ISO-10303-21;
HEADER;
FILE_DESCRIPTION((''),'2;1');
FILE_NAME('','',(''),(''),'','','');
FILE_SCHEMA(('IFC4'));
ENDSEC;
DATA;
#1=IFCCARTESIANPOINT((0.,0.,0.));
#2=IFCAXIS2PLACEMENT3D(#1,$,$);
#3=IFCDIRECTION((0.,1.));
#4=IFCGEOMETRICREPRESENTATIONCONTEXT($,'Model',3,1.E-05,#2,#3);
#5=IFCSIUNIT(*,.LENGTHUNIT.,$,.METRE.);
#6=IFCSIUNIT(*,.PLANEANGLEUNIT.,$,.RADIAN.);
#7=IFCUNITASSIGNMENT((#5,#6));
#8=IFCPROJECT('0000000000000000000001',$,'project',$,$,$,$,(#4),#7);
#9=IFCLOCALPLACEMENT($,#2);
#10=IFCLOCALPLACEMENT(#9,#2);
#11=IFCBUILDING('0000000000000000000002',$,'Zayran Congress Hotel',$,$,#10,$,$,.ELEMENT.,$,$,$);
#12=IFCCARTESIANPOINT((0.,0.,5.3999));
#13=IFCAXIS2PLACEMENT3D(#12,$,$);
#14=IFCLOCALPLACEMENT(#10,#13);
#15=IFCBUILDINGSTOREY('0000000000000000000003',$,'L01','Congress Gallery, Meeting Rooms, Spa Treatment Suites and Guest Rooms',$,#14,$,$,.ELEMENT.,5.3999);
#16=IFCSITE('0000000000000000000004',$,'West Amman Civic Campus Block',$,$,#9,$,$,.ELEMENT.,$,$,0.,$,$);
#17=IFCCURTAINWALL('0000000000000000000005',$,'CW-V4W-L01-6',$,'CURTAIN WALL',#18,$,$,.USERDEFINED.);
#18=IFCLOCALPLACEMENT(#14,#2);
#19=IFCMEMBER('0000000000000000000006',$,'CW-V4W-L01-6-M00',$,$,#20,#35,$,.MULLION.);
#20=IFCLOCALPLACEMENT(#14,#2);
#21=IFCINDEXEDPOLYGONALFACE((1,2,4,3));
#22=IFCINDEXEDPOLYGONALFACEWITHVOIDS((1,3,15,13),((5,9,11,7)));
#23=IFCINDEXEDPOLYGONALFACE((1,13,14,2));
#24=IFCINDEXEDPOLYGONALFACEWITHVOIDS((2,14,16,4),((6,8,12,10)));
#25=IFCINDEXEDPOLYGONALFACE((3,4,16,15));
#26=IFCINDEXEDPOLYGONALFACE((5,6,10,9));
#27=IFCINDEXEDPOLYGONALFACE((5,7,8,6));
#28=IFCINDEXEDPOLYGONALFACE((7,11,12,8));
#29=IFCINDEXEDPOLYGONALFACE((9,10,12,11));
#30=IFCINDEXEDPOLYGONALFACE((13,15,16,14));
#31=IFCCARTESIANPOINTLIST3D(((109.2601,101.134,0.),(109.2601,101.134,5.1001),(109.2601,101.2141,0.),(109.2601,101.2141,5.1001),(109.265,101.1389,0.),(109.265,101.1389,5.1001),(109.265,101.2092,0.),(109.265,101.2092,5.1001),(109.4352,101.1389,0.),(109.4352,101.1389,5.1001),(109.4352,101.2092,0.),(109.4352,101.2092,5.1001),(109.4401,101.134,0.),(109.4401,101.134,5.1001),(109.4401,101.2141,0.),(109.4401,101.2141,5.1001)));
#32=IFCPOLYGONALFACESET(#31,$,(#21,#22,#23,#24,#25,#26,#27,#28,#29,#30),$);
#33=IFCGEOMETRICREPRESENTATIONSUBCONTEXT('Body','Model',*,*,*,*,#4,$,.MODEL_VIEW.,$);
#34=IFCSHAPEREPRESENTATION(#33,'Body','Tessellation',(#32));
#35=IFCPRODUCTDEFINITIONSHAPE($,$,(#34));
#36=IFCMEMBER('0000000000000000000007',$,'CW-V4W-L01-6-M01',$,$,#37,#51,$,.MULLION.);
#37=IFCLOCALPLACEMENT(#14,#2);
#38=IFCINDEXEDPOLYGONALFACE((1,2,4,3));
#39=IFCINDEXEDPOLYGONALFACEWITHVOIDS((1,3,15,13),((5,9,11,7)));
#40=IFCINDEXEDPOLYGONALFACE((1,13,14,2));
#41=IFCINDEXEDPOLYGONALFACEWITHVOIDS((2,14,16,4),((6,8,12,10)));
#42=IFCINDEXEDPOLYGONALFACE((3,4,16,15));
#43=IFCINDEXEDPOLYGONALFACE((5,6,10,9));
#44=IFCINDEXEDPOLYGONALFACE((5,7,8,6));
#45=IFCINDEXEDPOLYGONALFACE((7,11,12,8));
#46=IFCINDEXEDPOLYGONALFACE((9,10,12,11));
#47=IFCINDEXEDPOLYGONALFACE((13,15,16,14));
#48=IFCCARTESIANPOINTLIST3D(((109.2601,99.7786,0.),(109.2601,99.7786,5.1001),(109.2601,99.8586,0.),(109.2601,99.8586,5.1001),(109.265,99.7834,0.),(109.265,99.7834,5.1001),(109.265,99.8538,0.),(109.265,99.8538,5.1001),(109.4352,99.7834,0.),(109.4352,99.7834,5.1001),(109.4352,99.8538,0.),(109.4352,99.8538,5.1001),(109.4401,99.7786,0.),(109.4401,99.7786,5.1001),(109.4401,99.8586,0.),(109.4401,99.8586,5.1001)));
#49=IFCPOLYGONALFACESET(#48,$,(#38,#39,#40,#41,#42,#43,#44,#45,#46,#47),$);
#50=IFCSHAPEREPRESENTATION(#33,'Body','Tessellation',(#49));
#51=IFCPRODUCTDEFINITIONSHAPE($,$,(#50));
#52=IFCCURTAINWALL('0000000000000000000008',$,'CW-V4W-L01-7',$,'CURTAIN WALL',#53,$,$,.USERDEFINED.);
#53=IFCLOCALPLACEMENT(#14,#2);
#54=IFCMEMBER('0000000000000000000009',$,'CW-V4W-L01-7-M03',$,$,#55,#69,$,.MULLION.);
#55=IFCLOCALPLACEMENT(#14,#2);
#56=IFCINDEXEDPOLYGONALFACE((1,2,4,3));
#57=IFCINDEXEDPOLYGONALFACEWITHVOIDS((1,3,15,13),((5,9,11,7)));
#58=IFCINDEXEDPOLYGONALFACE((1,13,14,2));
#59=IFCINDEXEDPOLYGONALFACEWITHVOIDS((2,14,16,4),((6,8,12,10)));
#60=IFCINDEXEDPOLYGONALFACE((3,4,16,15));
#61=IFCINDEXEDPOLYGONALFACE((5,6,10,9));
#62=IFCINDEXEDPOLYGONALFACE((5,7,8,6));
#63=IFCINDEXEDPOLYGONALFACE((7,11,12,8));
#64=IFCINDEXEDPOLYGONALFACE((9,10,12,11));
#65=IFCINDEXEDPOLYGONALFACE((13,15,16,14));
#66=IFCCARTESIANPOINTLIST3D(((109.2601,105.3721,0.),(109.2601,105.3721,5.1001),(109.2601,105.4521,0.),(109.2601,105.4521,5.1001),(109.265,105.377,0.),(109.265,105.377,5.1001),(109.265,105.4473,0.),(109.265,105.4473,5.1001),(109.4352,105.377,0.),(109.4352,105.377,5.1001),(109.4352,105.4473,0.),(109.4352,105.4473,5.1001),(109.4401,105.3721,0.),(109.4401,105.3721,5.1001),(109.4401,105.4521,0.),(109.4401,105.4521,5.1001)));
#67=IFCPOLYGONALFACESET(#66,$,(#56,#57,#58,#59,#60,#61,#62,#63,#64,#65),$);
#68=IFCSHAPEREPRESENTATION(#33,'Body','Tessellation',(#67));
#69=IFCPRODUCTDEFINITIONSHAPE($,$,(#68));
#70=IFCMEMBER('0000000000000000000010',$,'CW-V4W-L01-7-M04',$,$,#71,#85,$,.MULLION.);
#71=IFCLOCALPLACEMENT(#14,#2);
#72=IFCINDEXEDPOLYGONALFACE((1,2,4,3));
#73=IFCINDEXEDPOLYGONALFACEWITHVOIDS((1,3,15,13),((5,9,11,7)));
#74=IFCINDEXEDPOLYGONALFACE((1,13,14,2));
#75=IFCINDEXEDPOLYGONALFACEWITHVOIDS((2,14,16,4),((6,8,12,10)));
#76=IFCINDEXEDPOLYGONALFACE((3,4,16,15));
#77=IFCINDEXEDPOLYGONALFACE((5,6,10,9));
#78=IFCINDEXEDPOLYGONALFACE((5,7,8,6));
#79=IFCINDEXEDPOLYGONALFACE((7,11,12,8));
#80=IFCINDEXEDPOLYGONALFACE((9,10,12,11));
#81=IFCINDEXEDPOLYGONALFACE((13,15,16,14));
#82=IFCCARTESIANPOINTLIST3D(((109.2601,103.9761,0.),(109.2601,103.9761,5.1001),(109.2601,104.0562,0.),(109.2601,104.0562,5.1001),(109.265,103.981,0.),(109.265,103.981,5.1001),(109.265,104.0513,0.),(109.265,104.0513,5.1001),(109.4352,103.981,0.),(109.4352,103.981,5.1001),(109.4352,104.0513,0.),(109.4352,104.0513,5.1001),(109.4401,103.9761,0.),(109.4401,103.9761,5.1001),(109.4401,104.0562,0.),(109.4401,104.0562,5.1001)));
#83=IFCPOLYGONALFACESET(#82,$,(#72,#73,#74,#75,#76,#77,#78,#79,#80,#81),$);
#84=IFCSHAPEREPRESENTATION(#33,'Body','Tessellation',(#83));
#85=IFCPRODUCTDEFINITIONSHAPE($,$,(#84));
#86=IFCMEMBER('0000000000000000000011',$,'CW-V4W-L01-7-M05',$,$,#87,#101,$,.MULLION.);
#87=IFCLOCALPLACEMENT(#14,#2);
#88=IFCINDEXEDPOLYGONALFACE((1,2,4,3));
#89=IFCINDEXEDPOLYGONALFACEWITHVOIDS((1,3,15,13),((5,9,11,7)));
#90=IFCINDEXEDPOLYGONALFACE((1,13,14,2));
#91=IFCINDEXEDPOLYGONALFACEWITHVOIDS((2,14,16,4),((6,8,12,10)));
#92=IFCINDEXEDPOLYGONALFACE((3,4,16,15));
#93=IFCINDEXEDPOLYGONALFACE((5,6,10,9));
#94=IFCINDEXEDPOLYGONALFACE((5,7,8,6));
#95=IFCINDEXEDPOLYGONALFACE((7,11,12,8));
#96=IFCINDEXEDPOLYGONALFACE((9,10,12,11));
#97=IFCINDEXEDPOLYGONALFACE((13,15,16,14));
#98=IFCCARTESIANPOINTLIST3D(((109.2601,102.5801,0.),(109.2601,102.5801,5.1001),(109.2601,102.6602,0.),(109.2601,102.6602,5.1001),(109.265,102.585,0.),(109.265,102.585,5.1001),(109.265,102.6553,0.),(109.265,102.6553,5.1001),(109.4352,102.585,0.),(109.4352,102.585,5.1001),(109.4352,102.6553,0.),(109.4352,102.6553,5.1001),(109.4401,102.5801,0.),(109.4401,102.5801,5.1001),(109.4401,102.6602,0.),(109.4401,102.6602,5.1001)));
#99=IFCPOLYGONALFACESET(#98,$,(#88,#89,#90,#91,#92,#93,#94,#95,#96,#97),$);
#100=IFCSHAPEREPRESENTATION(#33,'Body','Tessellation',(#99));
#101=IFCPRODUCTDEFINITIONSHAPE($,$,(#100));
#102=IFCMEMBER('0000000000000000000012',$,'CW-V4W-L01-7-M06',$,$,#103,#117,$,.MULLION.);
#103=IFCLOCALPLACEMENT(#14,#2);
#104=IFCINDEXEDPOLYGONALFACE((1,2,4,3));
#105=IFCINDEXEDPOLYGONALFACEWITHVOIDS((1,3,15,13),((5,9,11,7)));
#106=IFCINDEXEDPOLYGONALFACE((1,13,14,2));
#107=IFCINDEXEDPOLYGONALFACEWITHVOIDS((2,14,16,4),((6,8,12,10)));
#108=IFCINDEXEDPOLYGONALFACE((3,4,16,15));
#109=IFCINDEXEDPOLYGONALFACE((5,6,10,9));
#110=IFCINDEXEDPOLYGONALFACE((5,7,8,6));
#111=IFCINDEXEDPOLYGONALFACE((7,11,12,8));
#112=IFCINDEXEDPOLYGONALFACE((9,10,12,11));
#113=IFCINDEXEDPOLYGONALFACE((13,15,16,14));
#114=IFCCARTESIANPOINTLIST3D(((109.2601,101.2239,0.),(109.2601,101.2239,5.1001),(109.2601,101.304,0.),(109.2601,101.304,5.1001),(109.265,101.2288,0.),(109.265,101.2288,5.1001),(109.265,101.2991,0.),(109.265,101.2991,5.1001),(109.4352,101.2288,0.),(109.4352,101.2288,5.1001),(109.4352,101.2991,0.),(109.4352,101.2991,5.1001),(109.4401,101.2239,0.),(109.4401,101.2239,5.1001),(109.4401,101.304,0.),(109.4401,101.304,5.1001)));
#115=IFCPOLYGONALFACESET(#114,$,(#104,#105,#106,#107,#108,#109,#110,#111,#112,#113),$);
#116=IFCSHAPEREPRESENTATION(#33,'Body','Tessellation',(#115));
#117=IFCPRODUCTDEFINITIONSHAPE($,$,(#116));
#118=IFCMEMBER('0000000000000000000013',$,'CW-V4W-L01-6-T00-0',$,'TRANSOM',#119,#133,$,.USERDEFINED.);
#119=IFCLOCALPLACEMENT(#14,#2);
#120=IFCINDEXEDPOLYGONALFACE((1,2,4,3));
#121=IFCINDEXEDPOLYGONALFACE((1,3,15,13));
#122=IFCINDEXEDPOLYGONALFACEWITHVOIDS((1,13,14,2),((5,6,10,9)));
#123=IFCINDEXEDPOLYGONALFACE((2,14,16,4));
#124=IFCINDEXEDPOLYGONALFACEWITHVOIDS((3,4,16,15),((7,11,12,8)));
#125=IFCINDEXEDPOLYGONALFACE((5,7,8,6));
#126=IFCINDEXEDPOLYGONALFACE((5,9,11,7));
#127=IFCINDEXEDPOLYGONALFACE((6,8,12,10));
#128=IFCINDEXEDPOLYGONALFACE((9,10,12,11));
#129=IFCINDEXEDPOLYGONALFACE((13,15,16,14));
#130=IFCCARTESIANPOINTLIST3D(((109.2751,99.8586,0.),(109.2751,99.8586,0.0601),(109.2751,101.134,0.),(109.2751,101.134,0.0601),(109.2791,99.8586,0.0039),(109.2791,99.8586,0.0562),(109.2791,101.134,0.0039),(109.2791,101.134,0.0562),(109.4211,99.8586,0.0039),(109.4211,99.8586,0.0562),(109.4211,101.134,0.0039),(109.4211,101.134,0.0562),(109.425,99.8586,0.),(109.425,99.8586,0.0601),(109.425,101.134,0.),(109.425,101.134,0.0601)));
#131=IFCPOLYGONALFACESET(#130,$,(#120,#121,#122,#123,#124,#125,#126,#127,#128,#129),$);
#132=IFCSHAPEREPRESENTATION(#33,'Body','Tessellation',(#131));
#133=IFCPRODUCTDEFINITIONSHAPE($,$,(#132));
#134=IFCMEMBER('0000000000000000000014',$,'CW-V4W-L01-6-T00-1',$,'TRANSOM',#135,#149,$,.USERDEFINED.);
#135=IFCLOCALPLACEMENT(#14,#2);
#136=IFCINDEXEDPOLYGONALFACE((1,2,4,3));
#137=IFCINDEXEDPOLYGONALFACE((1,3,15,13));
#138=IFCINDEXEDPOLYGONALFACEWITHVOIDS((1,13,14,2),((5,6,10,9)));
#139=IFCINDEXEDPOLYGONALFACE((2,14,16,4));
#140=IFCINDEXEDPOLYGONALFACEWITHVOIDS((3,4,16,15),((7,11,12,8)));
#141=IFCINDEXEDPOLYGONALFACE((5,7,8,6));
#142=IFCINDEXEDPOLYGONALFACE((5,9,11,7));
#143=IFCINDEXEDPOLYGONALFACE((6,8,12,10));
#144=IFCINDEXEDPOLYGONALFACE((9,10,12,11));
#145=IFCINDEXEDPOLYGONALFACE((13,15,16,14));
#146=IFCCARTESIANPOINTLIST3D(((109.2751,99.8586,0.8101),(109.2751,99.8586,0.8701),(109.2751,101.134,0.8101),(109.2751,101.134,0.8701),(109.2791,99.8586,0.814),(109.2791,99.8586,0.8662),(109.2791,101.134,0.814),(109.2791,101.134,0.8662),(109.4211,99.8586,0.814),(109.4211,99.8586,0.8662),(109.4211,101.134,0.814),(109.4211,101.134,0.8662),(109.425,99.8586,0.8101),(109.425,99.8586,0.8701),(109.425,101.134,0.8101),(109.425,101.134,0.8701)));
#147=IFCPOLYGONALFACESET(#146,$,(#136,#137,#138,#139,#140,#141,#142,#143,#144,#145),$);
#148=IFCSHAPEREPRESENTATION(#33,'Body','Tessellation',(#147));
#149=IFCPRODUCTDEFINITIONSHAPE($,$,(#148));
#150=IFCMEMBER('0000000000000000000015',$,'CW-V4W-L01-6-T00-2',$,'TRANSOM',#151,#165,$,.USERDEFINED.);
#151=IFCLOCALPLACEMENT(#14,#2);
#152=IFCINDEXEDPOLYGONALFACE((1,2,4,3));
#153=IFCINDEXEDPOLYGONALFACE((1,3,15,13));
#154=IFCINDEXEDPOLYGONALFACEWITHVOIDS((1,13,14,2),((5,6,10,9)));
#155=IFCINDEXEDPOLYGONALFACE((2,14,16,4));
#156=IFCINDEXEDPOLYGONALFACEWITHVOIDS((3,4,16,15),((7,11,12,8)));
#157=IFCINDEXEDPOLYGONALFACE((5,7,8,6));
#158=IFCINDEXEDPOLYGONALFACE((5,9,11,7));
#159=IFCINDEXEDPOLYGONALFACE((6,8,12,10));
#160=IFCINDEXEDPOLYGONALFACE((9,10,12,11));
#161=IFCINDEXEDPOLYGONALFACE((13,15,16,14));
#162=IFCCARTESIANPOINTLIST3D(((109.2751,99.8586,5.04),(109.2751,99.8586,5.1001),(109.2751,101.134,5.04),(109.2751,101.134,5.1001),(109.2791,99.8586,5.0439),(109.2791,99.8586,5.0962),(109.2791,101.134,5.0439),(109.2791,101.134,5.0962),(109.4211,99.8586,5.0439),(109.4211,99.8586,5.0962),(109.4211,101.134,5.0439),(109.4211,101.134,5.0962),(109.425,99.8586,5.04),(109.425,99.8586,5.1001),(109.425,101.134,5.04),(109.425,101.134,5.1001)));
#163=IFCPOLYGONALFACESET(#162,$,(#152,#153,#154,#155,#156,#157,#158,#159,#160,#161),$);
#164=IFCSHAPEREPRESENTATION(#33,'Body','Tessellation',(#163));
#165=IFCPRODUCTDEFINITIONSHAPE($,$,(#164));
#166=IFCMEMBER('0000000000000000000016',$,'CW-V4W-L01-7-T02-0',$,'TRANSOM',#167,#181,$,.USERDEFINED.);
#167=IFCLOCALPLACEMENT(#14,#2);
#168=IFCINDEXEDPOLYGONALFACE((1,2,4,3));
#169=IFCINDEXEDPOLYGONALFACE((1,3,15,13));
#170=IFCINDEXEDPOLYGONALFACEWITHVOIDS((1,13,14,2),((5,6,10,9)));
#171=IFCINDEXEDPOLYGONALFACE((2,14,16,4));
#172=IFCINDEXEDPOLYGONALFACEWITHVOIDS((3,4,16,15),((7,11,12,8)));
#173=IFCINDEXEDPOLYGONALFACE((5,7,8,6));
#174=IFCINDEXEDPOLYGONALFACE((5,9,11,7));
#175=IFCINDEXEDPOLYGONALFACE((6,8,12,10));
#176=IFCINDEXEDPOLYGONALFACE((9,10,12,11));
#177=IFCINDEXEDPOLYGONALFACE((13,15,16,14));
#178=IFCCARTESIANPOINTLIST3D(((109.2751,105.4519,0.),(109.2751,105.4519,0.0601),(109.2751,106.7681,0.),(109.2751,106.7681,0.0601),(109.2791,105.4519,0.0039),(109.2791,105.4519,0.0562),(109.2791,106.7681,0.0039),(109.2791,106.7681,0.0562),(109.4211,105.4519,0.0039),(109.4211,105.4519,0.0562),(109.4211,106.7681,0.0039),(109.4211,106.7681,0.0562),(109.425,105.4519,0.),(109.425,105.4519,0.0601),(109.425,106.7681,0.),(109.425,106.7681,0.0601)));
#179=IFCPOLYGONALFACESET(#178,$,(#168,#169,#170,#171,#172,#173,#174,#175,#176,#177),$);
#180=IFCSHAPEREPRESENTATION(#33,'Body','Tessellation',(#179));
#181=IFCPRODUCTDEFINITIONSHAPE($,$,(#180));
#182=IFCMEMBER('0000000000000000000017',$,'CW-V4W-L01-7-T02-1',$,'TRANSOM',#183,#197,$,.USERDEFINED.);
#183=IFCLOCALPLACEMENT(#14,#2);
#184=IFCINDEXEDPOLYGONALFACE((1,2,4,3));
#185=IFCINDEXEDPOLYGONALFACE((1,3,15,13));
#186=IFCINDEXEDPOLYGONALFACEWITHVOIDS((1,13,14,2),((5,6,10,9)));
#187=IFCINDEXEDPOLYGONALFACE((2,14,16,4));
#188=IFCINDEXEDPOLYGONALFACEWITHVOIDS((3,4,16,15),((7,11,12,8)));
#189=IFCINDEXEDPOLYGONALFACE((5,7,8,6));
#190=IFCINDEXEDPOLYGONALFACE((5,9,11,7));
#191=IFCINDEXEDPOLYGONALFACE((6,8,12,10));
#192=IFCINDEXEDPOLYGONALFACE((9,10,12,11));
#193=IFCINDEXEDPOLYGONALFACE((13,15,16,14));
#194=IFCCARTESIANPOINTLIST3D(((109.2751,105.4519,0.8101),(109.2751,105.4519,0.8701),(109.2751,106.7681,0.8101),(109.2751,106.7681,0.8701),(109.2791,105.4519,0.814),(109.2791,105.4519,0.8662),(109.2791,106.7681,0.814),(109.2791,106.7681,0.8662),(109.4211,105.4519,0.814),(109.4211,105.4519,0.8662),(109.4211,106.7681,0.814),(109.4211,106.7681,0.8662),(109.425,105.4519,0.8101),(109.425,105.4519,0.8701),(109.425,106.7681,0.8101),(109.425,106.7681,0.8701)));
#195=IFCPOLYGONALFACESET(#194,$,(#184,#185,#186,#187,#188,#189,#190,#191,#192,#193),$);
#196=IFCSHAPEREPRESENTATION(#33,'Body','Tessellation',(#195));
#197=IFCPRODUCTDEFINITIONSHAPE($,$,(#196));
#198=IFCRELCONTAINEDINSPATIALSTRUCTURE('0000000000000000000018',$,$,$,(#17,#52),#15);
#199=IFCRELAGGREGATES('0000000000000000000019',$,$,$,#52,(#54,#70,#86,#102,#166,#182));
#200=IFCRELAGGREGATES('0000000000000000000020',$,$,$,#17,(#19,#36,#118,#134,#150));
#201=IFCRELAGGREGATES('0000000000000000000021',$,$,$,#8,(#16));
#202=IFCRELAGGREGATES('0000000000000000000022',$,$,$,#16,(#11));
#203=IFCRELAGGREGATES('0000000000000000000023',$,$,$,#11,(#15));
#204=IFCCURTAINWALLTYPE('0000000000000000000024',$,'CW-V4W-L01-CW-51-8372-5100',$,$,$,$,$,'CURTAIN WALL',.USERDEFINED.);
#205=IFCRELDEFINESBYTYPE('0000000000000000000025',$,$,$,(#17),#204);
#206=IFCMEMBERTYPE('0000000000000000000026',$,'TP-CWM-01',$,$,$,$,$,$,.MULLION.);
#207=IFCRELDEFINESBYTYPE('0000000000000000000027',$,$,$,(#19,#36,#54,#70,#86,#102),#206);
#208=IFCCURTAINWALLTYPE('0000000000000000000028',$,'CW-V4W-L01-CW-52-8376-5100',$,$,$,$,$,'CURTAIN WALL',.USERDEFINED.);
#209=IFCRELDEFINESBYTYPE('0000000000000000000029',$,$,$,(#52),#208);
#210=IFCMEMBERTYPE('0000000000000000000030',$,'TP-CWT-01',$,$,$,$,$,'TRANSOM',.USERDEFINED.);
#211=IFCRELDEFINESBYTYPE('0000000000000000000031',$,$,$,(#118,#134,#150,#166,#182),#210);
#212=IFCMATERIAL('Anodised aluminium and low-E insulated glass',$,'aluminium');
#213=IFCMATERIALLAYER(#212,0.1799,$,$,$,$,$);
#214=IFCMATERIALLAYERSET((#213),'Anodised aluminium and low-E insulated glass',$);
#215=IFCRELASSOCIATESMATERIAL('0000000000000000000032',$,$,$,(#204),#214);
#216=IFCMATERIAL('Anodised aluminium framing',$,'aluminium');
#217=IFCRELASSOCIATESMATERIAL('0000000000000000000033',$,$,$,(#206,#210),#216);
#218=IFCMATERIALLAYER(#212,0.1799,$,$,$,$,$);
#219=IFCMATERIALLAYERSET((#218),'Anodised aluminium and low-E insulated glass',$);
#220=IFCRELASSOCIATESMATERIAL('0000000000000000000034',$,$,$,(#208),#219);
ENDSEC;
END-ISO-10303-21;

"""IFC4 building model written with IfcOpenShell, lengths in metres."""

from ifc_helpers import new_model, si_unit, direction, frame, origin, origin_2d, place, context, subcontext, project, spatial, hollow_rectangle, extrude, material, layer, layer_set, material_profile, profile_set, type_object, element, aggregate, save


model = new_model("IFC4")

# Units and contexts
model_context = context("Model", 3, precision=1e-05, world=origin(), true_north=direction((0.0, 1.0)))
body_context = subcontext(model_context, "Body", "Model", "MODEL_VIEW")
ifc_project = project(units=[si_unit("LENGTHUNIT", "METRE"), si_unit("PLANEANGLEUNIT", "RADIAN")], contexts=[model_context])

# Site, building, storey
site_placement = place(None, origin())
site = spatial("IfcSite", under=ifc_project, at=site_placement, Name="West Amman Civic Campus Block", CompositionType="ELEMENT", RefElevation=0.0)
building_placement = place(site_placement, origin())
building = spatial("IfcBuilding", under=site, at=building_placement, Name="Zayran Congress Hotel", CompositionType="ELEMENT")
storey_placement = place(building_placement, frame((0.0, 0.0, 5.3999)))
storey = spatial("IfcBuildingStorey", under=building, at=storey_placement, Name="L01", Description="Congress Gallery, Meeting Rooms, Spa Treatment Suites and Guest Rooms", CompositionType="ELEMENT", Elevation=5.3999)

# Curtain walls, members
ifc_material_1 = material(Name="Anodised aluminium and low-E insulated glass", Category="aluminium")
ifc_layer_1 = layer(ifc_material_1, 0.1799)
ifc_layer_set_1 = layer_set([ifc_layer_1], Name="Anodised aluminium and low-E insulated glass")
curtain_wall_type_1 = type_object("IfcCurtainWallType", Name="CW-V4W-L01-CW-51-8372-5100", ElementType="CURTAIN WALL", PredefinedType="USERDEFINED", material=ifc_layer_set_1)
curtain_wall_1_placement = place(storey_placement, origin())
curtain_wall_1 = element("IfcCurtainWall", 1, at=curtain_wall_1_placement, inside=storey, type_object=curtain_wall_type_1, Name="CW-V4W-L01-6", ObjectType="CURTAIN WALL", PredefinedType="USERDEFINED")
ifc_material_2 = material(Name="Anodised aluminium framing", Category="aluminium")
ifc_material_profile_1 = material_profile(ifc_material_2, hollow_rectangle(XDim=0.0801, YDim=0.1799, WallThickness=0.0049, at=origin_2d()), Name="RHS 180x80x5")
ifc_profile_set_1 = profile_set([ifc_material_profile_1], Name="Anodised aluminium framing")
member_type_1 = type_object("IfcMemberType", Name="TP-CWM-01", PredefinedType="MULLION", material=ifc_profile_set_1)
member_1_placement = place(storey_placement, frame((109.3501, 101.1741, 0.0), z_axis=(0.0, 0.0, 1.0), x_axis=(0.0, 1.0, 0.0)))
member_1 = element("IfcMember", 2, at=member_1_placement, type_object=member_type_1, Name="CW-V4W-L01-6-M00", PredefinedType="MULLION", context=body_context, shape_type="SweptSolid", body=[
    extrude(hollow_rectangle(XDim=0.0801, YDim=0.1799, WallThickness=0.0049, at=origin_2d()), origin(), (0.0, 0.0, 1.0), 5.1001),
])
member_2_placement = place(storey_placement, frame((109.3501, 99.8186, 0.0), z_axis=(0.0, 0.0, 1.0), x_axis=(0.0, 1.0, 0.0)))
member_2 = element("IfcMember", 3, at=member_2_placement, type_object=member_type_1, Name="CW-V4W-L01-6-M01", PredefinedType="MULLION", context=body_context, shape_type="SweptSolid", body=[
    extrude(hollow_rectangle(XDim=0.0801, YDim=0.1799, WallThickness=0.0049, at=origin_2d()), origin(), (0.0, 0.0, 1.0), 5.1001),
])
ifc_layer_2 = layer(ifc_material_1, 0.1799)
ifc_layer_set_2 = layer_set([ifc_layer_2], Name="Anodised aluminium and low-E insulated glass")
curtain_wall_type_2 = type_object("IfcCurtainWallType", Name="CW-V4W-L01-CW-52-8376-5100", ElementType="CURTAIN WALL", PredefinedType="USERDEFINED", material=ifc_layer_set_2)
curtain_wall_2_placement = place(storey_placement, origin())
curtain_wall_2 = element("IfcCurtainWall", 4, at=curtain_wall_2_placement, inside=storey, type_object=curtain_wall_type_2, Name="CW-V4W-L01-7", ObjectType="CURTAIN WALL", PredefinedType="USERDEFINED")
member_3_placement = place(storey_placement, frame((109.3501, 105.4121, 0.0), z_axis=(0.0, 0.0, 1.0), x_axis=(0.0, 1.0, 0.0)))
member_3 = element("IfcMember", 5, at=member_3_placement, type_object=member_type_1, Name="CW-V4W-L01-7-M03", PredefinedType="MULLION", context=body_context, shape_type="SweptSolid", body=[
    extrude(hollow_rectangle(XDim=0.0801, YDim=0.1799, WallThickness=0.0049, at=origin_2d()), origin(), (0.0, 0.0, 1.0), 5.1001),
])
member_4_placement = place(storey_placement, frame((109.3501, 104.0161, 0.0), z_axis=(0.0, 0.0, 1.0), x_axis=(0.0, 1.0, 0.0)))
member_4 = element("IfcMember", 6, at=member_4_placement, type_object=member_type_1, Name="CW-V4W-L01-7-M04", PredefinedType="MULLION", context=body_context, shape_type="SweptSolid", body=[
    extrude(hollow_rectangle(XDim=0.0801, YDim=0.1799, WallThickness=0.0049, at=origin_2d()), origin(), (0.0, 0.0, 1.0), 5.1001),
])
member_5_placement = place(storey_placement, frame((109.3501, 102.6201, 0.0), z_axis=(0.0, 0.0, 1.0), x_axis=(0.0, 1.0, 0.0)))
member_5 = element("IfcMember", 7, at=member_5_placement, type_object=member_type_1, Name="CW-V4W-L01-7-M05", PredefinedType="MULLION", context=body_context, shape_type="SweptSolid", body=[
    extrude(hollow_rectangle(XDim=0.0801, YDim=0.1799, WallThickness=0.0049, at=origin_2d()), origin(), (0.0, 0.0, 1.0), 5.1001),
])
member_6_placement = place(storey_placement, frame((109.3501, 101.2639, 0.0), z_axis=(0.0, 0.0, 1.0), x_axis=(0.0, 1.0, 0.0)))
member_6 = element("IfcMember", 8, at=member_6_placement, type_object=member_type_1, Name="CW-V4W-L01-7-M06", PredefinedType="MULLION", context=body_context, shape_type="SweptSolid", body=[
    extrude(hollow_rectangle(XDim=0.0801, YDim=0.1799, WallThickness=0.0049, at=origin_2d()), origin(), (0.0, 0.0, 1.0), 5.1001),
])

# Members
ifc_material_profile_2 = material_profile(ifc_material_2, hollow_rectangle(XDim=0.0601, YDim=0.1499, WallThickness=0.0039, at=origin_2d()), Name="RHS 150x60x4")
ifc_profile_set_2 = profile_set([ifc_material_profile_2], Name="Anodised aluminium framing")
member_type_2 = type_object("IfcMemberType", Name="TP-CWT-01", ElementType="TRANSOM", PredefinedType="USERDEFINED", material=ifc_profile_set_2)
member_7_placement = place(storey_placement, frame((109.3501, 101.134, 0.03), z_axis=(0.0, -1.0, 0.0), x_axis=(0.0, 0.0, 1.0)))
member_7 = element("IfcMember", 9, at=member_7_placement, type_object=member_type_2, Name="CW-V4W-L01-6-T00-0", ObjectType="TRANSOM", PredefinedType="USERDEFINED", context=body_context, shape_type="SweptSolid", body=[
    extrude(hollow_rectangle(XDim=0.0601, YDim=0.1499, WallThickness=0.0039, at=origin_2d()), origin(), (0.0, 0.0, 1.0), 1.2754),
])
member_8_placement = place(storey_placement, frame((109.3501, 101.134, 0.8401), z_axis=(0.0, -1.0, 0.0), x_axis=(0.0, 0.0, 1.0)))
member_8 = element("IfcMember", 10, at=member_8_placement, type_object=member_type_2, Name="CW-V4W-L01-6-T00-1", ObjectType="TRANSOM", PredefinedType="USERDEFINED", context=body_context, shape_type="SweptSolid", body=[
    extrude(hollow_rectangle(XDim=0.0601, YDim=0.1499, WallThickness=0.0039, at=origin_2d()), origin(), (0.0, 0.0, 1.0), 1.2754),
])
member_9_placement = place(storey_placement, frame((109.3501, 101.134, 5.0701), z_axis=(0.0, -1.0, 0.0), x_axis=(0.0, 0.0, 1.0)))
member_9 = element("IfcMember", 11, at=member_9_placement, type_object=member_type_2, Name="CW-V4W-L01-6-T00-2", ObjectType="TRANSOM", PredefinedType="USERDEFINED", context=body_context, shape_type="SweptSolid", body=[
    extrude(hollow_rectangle(XDim=0.0601, YDim=0.1499, WallThickness=0.0039, at=origin_2d()), origin(), (0.0, 0.0, 1.0), 1.2754),
])
member_10_placement = place(storey_placement, frame((109.3501, 106.7681, 0.03), z_axis=(0.0, -1.0, 0.0), x_axis=(0.0, 0.0, 1.0)))
member_10 = element("IfcMember", 12, at=member_10_placement, type_object=member_type_2, Name="CW-V4W-L01-7-T02-0", ObjectType="TRANSOM", PredefinedType="USERDEFINED", context=body_context, shape_type="SweptSolid", body=[
    extrude(hollow_rectangle(XDim=0.0601, YDim=0.1499, WallThickness=0.0039, at=origin_2d()), origin(), (0.0, 0.0, 1.0), 1.3162),
])
member_11_placement = place(storey_placement, frame((109.3501, 106.7681, 0.8401), z_axis=(0.0, -1.0, 0.0), x_axis=(0.0, 0.0, 1.0)))
member_11 = element("IfcMember", 13, at=member_11_placement, type_object=member_type_2, Name="CW-V4W-L01-7-T02-1", ObjectType="TRANSOM", PredefinedType="USERDEFINED", context=body_context, shape_type="SweptSolid", body=[
    extrude(hollow_rectangle(XDim=0.0601, YDim=0.1499, WallThickness=0.0039, at=origin_2d()), origin(), (0.0, 0.0, 1.0), 1.3162),
])

aggregate(curtain_wall_2, [member_3, member_4, member_5, member_6, member_10, member_11])
aggregate(curtain_wall_1, [member_1, member_2, member_7, member_8, member_9])

save(model, "model.ifc")
